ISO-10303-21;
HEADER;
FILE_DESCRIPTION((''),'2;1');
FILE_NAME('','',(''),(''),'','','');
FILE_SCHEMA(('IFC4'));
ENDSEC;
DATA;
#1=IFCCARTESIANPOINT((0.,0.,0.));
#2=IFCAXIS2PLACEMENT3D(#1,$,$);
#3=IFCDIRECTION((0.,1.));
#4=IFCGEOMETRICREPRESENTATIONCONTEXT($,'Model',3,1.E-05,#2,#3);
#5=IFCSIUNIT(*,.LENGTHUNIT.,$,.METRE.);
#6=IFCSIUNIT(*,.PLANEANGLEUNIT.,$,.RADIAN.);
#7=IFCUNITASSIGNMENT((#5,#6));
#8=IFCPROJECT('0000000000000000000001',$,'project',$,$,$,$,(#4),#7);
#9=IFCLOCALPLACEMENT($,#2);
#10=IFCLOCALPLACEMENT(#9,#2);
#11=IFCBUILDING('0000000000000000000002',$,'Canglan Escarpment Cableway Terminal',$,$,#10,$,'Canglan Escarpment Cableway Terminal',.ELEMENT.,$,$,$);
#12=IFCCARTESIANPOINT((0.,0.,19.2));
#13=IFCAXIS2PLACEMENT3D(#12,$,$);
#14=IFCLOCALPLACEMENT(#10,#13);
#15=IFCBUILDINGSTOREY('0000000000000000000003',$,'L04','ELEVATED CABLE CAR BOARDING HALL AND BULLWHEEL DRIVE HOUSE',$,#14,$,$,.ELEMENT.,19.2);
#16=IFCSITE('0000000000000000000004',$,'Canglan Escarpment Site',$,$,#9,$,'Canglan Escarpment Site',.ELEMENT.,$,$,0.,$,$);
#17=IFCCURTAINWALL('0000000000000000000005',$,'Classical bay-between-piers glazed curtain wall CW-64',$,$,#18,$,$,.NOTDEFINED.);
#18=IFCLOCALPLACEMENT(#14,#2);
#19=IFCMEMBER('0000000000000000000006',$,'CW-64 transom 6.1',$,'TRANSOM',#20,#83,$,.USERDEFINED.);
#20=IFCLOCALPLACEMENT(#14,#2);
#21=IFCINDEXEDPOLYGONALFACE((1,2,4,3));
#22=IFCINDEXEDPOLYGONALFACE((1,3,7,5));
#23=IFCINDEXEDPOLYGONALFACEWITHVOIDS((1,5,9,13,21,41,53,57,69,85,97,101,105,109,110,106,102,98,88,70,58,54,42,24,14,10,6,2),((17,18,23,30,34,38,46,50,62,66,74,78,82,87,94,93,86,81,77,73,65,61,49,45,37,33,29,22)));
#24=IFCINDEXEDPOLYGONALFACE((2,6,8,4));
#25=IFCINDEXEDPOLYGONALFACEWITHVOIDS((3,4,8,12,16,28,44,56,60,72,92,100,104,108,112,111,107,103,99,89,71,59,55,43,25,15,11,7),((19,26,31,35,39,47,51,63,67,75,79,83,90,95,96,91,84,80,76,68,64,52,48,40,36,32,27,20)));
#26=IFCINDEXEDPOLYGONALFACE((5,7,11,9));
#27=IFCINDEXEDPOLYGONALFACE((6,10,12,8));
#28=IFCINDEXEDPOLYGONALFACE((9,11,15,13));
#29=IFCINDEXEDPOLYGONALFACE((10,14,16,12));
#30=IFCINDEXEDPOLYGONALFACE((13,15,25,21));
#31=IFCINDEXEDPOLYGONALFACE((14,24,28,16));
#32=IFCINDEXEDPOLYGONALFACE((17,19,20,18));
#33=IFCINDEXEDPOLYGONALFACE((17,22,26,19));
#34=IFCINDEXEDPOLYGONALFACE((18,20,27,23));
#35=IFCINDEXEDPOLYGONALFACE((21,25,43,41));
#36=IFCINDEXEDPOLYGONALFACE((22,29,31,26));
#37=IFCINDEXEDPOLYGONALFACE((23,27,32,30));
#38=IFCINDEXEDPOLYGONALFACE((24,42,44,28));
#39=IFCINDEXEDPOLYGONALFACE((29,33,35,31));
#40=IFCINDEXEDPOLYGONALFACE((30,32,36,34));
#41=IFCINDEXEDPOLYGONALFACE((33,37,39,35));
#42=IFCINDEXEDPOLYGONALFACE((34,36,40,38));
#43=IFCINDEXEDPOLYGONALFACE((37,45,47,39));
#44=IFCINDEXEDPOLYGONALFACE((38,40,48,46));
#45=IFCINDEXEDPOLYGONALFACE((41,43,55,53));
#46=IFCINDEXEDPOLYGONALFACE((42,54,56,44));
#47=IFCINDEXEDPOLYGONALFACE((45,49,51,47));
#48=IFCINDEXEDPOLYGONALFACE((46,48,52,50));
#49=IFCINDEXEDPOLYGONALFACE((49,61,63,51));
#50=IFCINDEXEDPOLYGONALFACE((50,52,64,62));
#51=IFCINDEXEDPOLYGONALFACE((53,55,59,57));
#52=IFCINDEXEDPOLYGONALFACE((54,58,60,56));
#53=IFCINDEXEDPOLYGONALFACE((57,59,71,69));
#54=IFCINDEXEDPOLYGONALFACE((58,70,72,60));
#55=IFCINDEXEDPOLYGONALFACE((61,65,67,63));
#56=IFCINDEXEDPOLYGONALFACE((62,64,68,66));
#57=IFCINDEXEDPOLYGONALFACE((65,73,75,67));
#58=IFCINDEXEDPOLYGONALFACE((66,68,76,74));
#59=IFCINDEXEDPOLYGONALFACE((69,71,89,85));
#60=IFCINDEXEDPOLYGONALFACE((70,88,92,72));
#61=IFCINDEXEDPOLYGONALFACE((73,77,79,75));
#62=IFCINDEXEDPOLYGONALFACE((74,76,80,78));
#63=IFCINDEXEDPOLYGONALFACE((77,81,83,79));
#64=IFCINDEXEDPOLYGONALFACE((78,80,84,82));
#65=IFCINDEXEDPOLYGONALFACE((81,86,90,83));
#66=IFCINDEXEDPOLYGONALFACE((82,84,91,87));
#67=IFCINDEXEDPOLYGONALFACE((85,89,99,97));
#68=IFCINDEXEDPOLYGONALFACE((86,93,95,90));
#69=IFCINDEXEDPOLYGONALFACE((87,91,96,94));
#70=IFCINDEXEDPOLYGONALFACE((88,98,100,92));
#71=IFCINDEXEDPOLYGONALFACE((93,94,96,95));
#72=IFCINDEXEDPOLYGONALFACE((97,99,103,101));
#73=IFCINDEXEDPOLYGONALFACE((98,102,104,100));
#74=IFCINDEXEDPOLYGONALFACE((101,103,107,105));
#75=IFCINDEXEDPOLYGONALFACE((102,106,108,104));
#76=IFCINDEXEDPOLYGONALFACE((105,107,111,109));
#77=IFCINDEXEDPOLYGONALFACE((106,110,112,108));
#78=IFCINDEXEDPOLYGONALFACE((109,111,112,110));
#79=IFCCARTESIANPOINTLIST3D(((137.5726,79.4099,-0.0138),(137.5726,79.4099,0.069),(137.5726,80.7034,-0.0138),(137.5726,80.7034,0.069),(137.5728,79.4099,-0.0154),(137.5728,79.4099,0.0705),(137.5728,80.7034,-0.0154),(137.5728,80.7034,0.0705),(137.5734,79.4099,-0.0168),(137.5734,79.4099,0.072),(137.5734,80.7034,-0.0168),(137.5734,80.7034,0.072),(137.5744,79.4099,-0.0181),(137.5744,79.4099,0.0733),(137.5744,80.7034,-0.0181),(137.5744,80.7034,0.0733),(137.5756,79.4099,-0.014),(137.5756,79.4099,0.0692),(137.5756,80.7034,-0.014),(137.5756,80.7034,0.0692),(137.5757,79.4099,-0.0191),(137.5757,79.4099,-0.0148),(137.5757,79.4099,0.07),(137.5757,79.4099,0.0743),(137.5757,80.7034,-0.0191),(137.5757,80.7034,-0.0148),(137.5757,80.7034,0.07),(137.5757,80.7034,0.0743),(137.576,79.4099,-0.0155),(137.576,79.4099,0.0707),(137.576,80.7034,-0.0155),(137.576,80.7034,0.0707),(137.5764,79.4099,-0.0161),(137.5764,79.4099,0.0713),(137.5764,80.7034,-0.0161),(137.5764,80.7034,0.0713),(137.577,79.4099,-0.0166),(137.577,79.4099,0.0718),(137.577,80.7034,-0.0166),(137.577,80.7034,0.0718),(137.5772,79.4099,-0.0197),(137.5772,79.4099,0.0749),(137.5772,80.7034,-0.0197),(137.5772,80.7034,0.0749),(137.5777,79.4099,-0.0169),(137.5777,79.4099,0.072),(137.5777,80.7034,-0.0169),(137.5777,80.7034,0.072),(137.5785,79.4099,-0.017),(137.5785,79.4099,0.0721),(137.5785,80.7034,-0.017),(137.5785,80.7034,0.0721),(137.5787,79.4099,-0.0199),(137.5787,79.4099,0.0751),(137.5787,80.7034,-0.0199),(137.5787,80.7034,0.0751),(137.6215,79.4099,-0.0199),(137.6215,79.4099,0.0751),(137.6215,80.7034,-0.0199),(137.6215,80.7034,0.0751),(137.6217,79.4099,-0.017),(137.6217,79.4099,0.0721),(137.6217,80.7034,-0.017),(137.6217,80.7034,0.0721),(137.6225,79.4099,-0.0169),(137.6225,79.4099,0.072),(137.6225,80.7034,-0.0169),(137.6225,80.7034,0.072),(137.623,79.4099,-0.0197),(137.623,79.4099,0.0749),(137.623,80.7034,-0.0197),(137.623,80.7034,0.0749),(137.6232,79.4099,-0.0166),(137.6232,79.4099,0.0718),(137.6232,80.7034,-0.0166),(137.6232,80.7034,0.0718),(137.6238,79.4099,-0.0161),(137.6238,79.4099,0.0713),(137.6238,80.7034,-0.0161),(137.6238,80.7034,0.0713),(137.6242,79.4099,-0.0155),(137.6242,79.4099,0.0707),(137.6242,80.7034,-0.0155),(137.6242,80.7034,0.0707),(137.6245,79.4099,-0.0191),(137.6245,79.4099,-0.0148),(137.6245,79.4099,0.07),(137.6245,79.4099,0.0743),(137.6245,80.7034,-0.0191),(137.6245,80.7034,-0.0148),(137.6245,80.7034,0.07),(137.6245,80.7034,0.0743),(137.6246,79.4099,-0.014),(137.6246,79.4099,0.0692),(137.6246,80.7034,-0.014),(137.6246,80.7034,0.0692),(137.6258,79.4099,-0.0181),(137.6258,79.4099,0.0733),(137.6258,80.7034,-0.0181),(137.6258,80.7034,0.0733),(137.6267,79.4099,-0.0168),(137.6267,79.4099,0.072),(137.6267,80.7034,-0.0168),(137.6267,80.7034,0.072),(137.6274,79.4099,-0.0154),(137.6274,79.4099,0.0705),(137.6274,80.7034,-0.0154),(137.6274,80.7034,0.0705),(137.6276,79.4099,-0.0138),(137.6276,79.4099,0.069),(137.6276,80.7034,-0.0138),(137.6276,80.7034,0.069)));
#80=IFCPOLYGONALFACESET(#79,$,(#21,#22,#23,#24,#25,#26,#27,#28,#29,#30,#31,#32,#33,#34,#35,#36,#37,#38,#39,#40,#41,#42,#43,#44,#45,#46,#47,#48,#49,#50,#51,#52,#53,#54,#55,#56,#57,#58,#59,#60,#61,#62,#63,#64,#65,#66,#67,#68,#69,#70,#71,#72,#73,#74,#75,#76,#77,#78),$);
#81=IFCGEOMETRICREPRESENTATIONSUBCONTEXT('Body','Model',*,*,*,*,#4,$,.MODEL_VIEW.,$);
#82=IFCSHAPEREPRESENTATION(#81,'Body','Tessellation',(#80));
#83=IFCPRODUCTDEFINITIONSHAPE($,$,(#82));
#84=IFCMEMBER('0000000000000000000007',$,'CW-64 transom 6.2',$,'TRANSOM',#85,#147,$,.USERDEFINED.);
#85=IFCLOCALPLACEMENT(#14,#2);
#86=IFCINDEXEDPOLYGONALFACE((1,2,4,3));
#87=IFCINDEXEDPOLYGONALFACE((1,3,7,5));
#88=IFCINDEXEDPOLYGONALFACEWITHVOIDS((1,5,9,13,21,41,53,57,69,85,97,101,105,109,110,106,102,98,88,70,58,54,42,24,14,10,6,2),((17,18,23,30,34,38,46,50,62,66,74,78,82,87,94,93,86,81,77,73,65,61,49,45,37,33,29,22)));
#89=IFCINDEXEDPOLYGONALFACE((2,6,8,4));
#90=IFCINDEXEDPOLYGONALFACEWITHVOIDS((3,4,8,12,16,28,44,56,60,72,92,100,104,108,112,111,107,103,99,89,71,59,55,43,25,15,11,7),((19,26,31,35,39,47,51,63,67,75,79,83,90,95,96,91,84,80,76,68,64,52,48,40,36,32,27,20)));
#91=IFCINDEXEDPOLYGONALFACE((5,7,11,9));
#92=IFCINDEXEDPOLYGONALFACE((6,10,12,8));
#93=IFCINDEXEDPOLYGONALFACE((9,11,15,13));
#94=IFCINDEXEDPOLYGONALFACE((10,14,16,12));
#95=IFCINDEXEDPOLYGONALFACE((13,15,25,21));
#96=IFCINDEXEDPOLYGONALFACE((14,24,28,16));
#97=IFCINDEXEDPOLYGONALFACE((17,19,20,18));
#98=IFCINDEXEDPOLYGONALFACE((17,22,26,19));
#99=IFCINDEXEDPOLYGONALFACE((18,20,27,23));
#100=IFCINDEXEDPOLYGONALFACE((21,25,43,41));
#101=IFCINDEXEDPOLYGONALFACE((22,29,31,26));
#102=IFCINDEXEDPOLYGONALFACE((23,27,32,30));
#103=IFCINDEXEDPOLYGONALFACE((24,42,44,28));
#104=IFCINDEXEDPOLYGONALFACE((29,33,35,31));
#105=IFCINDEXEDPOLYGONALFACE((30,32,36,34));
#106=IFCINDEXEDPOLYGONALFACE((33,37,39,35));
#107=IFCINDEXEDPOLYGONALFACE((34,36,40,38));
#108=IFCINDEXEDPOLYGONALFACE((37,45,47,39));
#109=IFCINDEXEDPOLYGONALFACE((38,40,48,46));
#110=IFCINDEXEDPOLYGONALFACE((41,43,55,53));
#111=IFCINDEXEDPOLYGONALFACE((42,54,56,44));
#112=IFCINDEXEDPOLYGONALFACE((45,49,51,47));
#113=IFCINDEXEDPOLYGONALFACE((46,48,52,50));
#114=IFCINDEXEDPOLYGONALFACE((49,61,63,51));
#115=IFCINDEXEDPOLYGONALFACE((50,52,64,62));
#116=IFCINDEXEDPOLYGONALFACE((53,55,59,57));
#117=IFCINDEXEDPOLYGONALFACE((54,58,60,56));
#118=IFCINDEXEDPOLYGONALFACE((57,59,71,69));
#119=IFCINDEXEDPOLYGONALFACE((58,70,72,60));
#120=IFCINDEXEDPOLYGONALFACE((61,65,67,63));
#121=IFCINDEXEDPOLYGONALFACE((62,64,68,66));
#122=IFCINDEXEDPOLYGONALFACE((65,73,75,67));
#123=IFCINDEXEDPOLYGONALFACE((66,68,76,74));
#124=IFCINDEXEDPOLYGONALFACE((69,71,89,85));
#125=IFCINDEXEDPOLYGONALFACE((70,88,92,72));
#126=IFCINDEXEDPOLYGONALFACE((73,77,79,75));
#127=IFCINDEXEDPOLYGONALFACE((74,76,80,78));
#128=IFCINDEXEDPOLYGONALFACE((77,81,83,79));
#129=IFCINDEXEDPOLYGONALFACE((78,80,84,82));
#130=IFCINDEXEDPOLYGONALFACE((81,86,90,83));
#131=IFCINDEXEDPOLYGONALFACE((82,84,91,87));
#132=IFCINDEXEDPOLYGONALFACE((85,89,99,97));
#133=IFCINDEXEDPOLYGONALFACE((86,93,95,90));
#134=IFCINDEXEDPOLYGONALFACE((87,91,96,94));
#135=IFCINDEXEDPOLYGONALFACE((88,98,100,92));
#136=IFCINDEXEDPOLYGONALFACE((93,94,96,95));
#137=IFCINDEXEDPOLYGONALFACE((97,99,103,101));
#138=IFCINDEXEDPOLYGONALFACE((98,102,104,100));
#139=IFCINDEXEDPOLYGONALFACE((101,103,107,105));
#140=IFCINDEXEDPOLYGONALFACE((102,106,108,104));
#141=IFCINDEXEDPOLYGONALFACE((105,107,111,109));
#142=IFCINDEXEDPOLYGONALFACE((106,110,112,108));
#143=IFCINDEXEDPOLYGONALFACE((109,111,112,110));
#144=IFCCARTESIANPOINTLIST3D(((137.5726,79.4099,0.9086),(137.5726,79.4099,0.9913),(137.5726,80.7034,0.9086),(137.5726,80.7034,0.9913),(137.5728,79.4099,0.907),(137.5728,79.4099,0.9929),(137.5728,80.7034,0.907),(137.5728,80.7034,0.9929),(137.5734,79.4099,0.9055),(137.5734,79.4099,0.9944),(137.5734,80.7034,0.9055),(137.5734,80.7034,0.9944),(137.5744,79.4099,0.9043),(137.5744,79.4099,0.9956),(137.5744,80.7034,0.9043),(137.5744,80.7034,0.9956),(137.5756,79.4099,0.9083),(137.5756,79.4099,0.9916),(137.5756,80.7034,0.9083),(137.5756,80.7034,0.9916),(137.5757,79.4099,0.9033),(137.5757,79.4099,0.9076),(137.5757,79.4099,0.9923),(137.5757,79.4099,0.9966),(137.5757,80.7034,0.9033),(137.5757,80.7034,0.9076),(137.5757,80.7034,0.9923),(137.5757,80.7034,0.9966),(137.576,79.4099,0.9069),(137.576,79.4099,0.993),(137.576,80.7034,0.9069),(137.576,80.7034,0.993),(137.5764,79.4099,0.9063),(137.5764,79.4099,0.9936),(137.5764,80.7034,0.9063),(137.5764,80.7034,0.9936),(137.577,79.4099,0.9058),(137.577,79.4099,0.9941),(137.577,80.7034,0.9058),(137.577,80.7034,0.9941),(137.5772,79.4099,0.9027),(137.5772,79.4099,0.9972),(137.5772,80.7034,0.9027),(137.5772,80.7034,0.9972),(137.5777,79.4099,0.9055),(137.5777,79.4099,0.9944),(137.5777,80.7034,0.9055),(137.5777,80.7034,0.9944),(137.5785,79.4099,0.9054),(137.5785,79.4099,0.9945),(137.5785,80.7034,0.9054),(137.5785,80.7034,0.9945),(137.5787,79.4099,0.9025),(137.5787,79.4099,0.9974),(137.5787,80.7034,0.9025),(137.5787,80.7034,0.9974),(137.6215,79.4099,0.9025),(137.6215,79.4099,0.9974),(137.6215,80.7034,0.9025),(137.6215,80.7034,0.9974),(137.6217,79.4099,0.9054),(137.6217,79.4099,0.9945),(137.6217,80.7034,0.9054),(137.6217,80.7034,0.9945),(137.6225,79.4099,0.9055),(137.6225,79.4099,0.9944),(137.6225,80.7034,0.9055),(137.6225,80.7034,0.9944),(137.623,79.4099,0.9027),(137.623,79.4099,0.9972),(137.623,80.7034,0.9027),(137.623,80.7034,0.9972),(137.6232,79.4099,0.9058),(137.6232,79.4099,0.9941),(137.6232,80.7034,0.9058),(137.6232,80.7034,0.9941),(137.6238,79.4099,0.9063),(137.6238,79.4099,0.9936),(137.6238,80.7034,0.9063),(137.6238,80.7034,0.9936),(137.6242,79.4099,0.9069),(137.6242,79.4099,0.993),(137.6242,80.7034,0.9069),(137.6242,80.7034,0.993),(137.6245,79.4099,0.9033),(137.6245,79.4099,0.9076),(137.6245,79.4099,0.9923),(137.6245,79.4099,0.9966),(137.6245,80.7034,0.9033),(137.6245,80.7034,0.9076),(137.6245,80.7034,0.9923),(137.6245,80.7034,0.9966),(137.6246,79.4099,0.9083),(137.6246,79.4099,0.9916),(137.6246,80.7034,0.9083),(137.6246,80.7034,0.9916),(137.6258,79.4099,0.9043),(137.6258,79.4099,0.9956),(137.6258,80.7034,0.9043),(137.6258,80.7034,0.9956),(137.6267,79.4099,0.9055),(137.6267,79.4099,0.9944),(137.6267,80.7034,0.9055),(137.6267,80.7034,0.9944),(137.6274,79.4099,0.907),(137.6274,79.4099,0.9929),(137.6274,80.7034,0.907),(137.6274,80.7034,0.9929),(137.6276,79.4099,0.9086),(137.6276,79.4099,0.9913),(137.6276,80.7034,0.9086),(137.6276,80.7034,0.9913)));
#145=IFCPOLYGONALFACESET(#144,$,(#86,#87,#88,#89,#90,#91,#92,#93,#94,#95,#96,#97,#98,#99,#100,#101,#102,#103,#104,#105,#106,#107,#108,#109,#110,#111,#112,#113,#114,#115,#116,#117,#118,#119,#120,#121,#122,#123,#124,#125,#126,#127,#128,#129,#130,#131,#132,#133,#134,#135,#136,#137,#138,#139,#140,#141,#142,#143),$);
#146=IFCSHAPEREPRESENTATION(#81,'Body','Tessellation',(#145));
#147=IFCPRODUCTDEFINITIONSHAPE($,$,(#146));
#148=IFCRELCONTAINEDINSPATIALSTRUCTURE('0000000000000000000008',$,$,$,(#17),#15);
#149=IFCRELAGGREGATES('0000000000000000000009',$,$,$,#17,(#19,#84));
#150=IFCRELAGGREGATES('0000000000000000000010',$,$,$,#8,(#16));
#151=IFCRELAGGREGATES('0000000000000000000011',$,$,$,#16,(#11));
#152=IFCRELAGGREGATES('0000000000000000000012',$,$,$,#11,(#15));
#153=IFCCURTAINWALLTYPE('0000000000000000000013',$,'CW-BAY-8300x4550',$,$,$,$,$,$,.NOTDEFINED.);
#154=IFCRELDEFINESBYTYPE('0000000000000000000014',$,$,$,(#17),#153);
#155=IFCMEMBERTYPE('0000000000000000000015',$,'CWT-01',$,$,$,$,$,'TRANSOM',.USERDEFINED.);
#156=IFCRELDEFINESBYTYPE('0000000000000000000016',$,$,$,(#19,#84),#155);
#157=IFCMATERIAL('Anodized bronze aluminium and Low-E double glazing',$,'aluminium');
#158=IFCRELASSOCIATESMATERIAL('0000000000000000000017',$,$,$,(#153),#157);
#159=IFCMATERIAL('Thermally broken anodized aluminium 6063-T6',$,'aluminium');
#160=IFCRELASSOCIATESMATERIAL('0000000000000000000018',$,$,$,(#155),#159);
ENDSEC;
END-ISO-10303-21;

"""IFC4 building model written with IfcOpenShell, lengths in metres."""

from ifc_helpers import new_model, si_unit, direction, frame, origin, origin_2d, place, context, subcontext, project, spatial, hollow_rectangle, extrude, material, material_profile, profile_set, type_object, element, aggregate, save


model = new_model("IFC4")

# Units and contexts
model_context = context("Model", 3, precision=1e-05, world=origin(), true_north=direction((0.0, 1.0)))
body_context = subcontext(model_context, "Body", "Model", "MODEL_VIEW")
ifc_project = project(units=[si_unit("LENGTHUNIT", "METRE"), si_unit("PLANEANGLEUNIT", "RADIAN")], contexts=[model_context])

# Site, building, storey
site_placement = place(None, origin())
site = spatial("IfcSite", under=ifc_project, at=site_placement, Name="Canglan Escarpment Site", LongName="Canglan Escarpment Site", CompositionType="ELEMENT", RefElevation=0.0)
building_placement = place(site_placement, origin())
building = spatial("IfcBuilding", under=site, at=building_placement, Name="Canglan Escarpment Cableway Terminal", LongName="Canglan Escarpment Cableway Terminal", CompositionType="ELEMENT")
storey_placement = place(building_placement, frame((0.0, 0.0, 19.2)))
storey = spatial("IfcBuildingStorey", under=building, at=storey_placement, Name="L04", Description="ELEVATED CABLE CAR BOARDING HALL AND BULLWHEEL DRIVE HOUSE", CompositionType="ELEMENT", Elevation=19.2)

# Curtain wall
ifc_material_1 = material(Name="Anodized bronze aluminium and Low-E double glazing", Category="aluminium")
curtain_wall_type = type_object("IfcCurtainWallType", Name="CW-BAY-8300x4550", PredefinedType="NOTDEFINED", material=ifc_material_1)
curtain_wall_1_placement = place(storey_placement, origin())
curtain_wall_1 = element("IfcCurtainWall", 1, at=curtain_wall_1_placement, inside=storey, type_object=curtain_wall_type, Name="Classical bay-between-piers glazed curtain wall CW-64", PredefinedType="NOTDEFINED")
ifc_material_2 = material(Name="Thermally broken anodized aluminium 6063-T6", Category="aluminium")

# Members
ifc_material_profile_1 = material_profile(ifc_material_2, hollow_rectangle(XDim=0.0549, YDim=0.095, WallThickness=0.0029, InnerFilletRadius=0.0029, OuterFilletRadius=0.0061, at=origin_2d()), Name="ALU-TRAN 55x95x3")
ifc_profile_set_1 = profile_set([ifc_material_profile_1], Name="Thermally broken anodized aluminium 6063-T6")
member_type_1 = type_object("IfcMemberType", Name="CWT-01", ElementType="TRANSOM", PredefinedType="USERDEFINED", material=ifc_profile_set_1)
member_1_placement = place(storey_placement, frame((137.6001, 80.7034, 0.0276), z_axis=(0.0, -1.0, 0.0), x_axis=(1.0, 0.0, 0.0)))
member_1 = element("IfcMember", 2, at=member_1_placement, type_object=member_type_1, Name="CW-64 transom 6.1", ObjectType="TRANSOM", PredefinedType="USERDEFINED", context=body_context, shape_type="SweptSolid", body=[
    extrude(hollow_rectangle(XDim=0.0549, YDim=0.095, WallThickness=0.0029, InnerFilletRadius=0.0029, OuterFilletRadius=0.0061, at=origin_2d()), origin(), (0.0, 0.0, 1.0), 1.2935),
])
member_2_placement = place(storey_placement, frame((137.6001, 80.7034, 0.95), z_axis=(0.0, -1.0, 0.0), x_axis=(1.0, 0.0, 0.0)))
member_2 = element("IfcMember", 3, at=member_2_placement, type_object=member_type_1, Name="CW-64 transom 6.2", ObjectType="TRANSOM", PredefinedType="USERDEFINED", context=body_context, shape_type="SweptSolid", body=[
    extrude(hollow_rectangle(XDim=0.0549, YDim=0.095, WallThickness=0.0029, InnerFilletRadius=0.0029, OuterFilletRadius=0.0061, at=origin_2d()), origin(), (0.0, 0.0, 1.0), 1.2935),
])

aggregate(curtain_wall_1, [member_1, member_2])

save(model, "model.ifc")
